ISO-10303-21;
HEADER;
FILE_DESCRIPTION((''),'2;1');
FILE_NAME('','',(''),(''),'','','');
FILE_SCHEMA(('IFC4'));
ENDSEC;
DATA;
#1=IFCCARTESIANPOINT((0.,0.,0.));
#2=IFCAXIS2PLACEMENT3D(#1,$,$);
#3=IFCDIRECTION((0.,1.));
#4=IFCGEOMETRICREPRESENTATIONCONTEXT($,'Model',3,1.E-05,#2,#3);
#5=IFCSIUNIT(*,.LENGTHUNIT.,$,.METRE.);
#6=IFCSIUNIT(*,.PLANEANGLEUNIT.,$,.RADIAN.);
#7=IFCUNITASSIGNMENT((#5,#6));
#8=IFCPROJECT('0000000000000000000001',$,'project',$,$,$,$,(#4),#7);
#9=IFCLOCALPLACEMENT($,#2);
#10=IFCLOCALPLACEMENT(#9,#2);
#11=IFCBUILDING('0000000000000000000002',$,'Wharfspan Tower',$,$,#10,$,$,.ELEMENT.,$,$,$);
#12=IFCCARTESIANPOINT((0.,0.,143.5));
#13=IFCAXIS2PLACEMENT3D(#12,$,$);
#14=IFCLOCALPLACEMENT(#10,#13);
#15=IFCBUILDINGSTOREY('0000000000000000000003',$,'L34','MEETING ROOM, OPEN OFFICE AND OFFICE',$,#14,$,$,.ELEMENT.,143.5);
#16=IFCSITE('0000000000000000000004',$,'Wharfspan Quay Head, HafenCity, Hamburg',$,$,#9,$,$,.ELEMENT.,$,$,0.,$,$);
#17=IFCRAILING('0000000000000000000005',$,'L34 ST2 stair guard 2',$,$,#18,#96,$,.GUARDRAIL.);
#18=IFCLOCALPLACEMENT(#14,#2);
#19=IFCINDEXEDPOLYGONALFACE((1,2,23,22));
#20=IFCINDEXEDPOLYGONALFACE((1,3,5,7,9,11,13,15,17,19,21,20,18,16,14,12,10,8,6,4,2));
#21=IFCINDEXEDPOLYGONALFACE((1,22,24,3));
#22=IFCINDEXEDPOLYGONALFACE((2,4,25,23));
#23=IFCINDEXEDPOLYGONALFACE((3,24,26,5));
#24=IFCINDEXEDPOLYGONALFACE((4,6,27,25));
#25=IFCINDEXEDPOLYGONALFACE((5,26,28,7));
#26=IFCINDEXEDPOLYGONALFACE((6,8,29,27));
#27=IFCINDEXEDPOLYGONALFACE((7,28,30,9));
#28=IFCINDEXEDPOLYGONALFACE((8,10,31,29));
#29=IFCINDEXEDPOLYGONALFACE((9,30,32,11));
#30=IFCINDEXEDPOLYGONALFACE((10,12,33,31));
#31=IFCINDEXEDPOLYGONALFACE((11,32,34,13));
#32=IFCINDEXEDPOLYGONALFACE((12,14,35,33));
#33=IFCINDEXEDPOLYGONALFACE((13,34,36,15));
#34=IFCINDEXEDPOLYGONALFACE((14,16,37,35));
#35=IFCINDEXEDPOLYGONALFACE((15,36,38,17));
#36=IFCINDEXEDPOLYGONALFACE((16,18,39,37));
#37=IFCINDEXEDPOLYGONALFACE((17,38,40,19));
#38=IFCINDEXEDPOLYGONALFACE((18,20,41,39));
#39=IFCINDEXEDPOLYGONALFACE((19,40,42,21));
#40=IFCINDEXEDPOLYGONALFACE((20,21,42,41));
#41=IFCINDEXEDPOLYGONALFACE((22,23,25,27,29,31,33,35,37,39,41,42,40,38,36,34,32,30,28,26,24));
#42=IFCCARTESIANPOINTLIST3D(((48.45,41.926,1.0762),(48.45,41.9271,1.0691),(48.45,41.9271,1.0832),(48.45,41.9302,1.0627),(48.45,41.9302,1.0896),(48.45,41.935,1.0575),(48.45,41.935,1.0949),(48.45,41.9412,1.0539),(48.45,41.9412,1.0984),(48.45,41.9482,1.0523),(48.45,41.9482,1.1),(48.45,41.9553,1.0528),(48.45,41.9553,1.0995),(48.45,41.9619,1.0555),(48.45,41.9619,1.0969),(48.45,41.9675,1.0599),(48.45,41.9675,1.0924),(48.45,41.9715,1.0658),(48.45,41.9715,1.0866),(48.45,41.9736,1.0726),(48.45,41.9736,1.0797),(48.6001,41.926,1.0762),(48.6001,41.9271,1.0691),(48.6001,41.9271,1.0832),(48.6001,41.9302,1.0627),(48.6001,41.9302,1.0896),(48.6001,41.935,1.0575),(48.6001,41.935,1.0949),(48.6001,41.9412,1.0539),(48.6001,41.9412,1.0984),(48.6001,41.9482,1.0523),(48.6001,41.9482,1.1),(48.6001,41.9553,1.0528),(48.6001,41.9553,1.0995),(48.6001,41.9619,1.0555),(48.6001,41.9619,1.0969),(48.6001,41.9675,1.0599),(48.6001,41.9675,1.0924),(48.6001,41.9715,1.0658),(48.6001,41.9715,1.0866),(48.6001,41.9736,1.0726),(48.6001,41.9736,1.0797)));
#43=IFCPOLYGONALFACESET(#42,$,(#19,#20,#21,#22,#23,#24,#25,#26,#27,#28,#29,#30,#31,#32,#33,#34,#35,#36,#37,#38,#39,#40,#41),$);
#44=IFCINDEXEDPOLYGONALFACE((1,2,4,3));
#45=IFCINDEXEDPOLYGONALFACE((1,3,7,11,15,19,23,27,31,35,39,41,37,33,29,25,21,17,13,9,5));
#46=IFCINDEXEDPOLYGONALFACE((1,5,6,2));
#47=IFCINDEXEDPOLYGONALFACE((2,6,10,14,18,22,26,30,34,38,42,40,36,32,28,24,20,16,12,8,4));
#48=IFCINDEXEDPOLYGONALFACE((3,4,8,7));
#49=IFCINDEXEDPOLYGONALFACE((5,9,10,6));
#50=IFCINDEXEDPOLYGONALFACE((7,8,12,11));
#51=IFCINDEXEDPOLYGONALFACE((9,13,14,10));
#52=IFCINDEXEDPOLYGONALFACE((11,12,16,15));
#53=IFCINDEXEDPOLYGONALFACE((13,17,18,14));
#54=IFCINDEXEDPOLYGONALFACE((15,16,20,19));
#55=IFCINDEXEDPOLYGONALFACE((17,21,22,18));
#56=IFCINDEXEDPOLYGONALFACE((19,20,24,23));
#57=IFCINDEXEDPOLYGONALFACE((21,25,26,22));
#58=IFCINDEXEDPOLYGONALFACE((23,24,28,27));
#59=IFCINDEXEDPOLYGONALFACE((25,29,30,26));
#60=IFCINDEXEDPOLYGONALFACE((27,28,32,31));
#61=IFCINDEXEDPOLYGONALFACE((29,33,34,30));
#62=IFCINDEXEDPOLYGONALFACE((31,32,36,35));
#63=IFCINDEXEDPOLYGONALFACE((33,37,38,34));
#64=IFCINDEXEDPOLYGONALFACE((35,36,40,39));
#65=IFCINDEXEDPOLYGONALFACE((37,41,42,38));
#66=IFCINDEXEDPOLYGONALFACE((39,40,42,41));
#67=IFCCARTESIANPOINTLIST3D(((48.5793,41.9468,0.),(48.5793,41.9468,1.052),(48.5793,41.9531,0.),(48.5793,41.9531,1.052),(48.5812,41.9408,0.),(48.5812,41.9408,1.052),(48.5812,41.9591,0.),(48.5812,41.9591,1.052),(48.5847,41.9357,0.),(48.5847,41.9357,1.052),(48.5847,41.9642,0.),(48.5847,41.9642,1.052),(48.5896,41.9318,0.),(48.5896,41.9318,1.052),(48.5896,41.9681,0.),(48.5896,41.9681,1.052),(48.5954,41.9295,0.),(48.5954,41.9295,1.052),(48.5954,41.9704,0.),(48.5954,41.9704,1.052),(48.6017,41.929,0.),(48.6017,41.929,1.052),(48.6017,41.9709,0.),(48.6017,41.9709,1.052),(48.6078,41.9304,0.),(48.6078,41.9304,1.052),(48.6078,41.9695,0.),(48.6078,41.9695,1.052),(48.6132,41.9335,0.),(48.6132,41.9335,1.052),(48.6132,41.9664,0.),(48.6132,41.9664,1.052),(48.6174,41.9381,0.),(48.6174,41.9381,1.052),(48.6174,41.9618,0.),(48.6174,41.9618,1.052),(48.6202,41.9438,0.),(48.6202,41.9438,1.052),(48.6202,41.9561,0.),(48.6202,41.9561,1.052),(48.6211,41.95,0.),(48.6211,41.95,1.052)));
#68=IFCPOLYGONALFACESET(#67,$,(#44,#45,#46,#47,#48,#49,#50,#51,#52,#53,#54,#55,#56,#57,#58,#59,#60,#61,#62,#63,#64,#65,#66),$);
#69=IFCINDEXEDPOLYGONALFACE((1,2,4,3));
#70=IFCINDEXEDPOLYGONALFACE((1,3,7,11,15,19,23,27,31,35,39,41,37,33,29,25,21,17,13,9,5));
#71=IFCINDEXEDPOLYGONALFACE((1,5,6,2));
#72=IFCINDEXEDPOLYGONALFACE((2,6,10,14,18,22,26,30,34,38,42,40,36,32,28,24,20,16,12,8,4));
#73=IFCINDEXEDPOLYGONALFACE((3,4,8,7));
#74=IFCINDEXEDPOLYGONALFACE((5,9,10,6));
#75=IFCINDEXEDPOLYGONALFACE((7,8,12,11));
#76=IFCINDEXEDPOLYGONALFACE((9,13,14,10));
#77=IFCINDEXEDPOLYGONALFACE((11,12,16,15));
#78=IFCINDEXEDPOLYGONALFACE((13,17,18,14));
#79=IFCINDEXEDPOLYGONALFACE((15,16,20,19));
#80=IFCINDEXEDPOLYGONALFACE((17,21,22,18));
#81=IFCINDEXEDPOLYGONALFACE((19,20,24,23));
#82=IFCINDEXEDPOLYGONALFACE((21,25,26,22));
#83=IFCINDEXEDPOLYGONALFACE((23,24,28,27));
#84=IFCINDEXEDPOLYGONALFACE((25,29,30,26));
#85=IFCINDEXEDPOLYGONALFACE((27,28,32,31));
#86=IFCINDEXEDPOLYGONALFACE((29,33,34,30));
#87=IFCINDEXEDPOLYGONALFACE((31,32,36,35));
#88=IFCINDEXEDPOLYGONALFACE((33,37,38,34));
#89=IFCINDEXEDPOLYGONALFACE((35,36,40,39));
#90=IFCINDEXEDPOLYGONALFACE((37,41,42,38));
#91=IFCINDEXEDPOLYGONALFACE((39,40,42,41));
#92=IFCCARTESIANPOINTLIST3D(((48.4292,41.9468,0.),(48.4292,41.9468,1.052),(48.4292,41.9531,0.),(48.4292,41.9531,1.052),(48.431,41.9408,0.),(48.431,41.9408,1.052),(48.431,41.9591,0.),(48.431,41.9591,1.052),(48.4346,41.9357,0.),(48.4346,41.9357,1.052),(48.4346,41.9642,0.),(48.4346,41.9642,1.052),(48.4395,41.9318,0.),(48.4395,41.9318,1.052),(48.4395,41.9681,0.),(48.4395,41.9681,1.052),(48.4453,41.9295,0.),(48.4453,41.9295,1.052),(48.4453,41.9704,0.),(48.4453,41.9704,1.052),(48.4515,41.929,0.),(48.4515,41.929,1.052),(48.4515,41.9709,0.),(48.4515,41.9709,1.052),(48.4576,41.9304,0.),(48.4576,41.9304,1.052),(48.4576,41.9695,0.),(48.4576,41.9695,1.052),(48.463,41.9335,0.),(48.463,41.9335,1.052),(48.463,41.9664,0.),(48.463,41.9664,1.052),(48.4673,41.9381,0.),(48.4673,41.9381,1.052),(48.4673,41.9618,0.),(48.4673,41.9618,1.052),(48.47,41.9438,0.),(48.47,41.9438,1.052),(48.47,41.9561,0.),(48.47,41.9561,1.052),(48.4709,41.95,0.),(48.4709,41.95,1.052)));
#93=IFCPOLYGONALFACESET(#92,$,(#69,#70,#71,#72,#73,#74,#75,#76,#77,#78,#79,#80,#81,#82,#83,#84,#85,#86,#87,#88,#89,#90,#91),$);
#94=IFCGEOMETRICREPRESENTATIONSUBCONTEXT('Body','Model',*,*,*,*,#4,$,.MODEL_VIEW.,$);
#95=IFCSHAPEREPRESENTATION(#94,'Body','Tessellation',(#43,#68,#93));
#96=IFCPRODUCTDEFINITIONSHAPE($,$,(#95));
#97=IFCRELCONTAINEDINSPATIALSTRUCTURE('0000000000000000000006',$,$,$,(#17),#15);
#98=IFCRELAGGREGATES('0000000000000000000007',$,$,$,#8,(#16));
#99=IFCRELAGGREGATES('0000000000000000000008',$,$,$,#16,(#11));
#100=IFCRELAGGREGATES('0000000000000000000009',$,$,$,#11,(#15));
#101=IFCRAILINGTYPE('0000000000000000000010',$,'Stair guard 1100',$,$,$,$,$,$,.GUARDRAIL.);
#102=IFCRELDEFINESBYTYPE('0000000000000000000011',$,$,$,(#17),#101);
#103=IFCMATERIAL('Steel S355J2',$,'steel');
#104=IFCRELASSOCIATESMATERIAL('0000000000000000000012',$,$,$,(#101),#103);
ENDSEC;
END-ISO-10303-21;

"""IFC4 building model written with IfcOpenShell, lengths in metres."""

from ifc_helpers import new_model, si_unit, direction, frame, origin, origin_2d, place, context, subcontext, project, spatial, circle, extrude, material, type_object, element, save


model = new_model("IFC4")

# Units and contexts
model_context = context("Model", 3, precision=1e-05, world=origin(), true_north=direction((0.0, 1.0)))
body_context = subcontext(model_context, "Body", "Model", "MODEL_VIEW")
ifc_project = project(units=[si_unit("LENGTHUNIT", "METRE"), si_unit("PLANEANGLEUNIT", "RADIAN")], contexts=[model_context])

# Site, building, storey
site_placement = place(None, origin())
site = spatial("IfcSite", under=ifc_project, at=site_placement, Name="Wharfspan Quay Head, HafenCity, Hamburg", CompositionType="ELEMENT", RefElevation=0.0)
building_placement = place(site_placement, origin())
building = spatial("IfcBuilding", under=site, at=building_placement, Name="Wharfspan Tower", CompositionType="ELEMENT")
storey_placement = place(building_placement, frame((0.0, 0.0, 143.5)))
storey = spatial("IfcBuildingStorey", under=building, at=storey_placement, Name="L34", Description="MEETING ROOM, OPEN OFFICE AND OFFICE", CompositionType="ELEMENT", Elevation=143.5)

# Shared definitions
ifc_material_1 = material(Name="Steel S355J2", Category="steel")

# Railing
railing_type_1 = type_object("IfcRailingType", Name="Stair guard 1100", PredefinedType="GUARDRAIL", material=ifc_material_1)
railing_1_placement = place(storey_placement, frame((48.6001, 41.95, 0.0)))
element("IfcRailing", 1, at=railing_1_placement, inside=storey, type_object=railing_type_1, Name="L34 ST2 stair guard 2", PredefinedType="GUARDRAIL", context=body_context, shape_type="SweptSolid", body=[
    extrude(circle(Radius=0.0239, at=origin_2d()), frame((0.0, 0.0, 1.0762), z_axis=(-1.0, 0.0, 0.0), x_axis=(0.0, -1.0, 0.0)), (0.0, 0.0, 1.0), 0.1501),
    extrude(circle(Radius=0.021, at=origin_2d()), origin(), (0.0, 0.0, 1.0), 1.052),
    extrude(circle(Radius=0.021, at=origin_2d()), frame((-0.1501, 0.0, 0.0)), (0.0, 0.0, 1.0), 1.052),
])

save(model, "model.ifc")
